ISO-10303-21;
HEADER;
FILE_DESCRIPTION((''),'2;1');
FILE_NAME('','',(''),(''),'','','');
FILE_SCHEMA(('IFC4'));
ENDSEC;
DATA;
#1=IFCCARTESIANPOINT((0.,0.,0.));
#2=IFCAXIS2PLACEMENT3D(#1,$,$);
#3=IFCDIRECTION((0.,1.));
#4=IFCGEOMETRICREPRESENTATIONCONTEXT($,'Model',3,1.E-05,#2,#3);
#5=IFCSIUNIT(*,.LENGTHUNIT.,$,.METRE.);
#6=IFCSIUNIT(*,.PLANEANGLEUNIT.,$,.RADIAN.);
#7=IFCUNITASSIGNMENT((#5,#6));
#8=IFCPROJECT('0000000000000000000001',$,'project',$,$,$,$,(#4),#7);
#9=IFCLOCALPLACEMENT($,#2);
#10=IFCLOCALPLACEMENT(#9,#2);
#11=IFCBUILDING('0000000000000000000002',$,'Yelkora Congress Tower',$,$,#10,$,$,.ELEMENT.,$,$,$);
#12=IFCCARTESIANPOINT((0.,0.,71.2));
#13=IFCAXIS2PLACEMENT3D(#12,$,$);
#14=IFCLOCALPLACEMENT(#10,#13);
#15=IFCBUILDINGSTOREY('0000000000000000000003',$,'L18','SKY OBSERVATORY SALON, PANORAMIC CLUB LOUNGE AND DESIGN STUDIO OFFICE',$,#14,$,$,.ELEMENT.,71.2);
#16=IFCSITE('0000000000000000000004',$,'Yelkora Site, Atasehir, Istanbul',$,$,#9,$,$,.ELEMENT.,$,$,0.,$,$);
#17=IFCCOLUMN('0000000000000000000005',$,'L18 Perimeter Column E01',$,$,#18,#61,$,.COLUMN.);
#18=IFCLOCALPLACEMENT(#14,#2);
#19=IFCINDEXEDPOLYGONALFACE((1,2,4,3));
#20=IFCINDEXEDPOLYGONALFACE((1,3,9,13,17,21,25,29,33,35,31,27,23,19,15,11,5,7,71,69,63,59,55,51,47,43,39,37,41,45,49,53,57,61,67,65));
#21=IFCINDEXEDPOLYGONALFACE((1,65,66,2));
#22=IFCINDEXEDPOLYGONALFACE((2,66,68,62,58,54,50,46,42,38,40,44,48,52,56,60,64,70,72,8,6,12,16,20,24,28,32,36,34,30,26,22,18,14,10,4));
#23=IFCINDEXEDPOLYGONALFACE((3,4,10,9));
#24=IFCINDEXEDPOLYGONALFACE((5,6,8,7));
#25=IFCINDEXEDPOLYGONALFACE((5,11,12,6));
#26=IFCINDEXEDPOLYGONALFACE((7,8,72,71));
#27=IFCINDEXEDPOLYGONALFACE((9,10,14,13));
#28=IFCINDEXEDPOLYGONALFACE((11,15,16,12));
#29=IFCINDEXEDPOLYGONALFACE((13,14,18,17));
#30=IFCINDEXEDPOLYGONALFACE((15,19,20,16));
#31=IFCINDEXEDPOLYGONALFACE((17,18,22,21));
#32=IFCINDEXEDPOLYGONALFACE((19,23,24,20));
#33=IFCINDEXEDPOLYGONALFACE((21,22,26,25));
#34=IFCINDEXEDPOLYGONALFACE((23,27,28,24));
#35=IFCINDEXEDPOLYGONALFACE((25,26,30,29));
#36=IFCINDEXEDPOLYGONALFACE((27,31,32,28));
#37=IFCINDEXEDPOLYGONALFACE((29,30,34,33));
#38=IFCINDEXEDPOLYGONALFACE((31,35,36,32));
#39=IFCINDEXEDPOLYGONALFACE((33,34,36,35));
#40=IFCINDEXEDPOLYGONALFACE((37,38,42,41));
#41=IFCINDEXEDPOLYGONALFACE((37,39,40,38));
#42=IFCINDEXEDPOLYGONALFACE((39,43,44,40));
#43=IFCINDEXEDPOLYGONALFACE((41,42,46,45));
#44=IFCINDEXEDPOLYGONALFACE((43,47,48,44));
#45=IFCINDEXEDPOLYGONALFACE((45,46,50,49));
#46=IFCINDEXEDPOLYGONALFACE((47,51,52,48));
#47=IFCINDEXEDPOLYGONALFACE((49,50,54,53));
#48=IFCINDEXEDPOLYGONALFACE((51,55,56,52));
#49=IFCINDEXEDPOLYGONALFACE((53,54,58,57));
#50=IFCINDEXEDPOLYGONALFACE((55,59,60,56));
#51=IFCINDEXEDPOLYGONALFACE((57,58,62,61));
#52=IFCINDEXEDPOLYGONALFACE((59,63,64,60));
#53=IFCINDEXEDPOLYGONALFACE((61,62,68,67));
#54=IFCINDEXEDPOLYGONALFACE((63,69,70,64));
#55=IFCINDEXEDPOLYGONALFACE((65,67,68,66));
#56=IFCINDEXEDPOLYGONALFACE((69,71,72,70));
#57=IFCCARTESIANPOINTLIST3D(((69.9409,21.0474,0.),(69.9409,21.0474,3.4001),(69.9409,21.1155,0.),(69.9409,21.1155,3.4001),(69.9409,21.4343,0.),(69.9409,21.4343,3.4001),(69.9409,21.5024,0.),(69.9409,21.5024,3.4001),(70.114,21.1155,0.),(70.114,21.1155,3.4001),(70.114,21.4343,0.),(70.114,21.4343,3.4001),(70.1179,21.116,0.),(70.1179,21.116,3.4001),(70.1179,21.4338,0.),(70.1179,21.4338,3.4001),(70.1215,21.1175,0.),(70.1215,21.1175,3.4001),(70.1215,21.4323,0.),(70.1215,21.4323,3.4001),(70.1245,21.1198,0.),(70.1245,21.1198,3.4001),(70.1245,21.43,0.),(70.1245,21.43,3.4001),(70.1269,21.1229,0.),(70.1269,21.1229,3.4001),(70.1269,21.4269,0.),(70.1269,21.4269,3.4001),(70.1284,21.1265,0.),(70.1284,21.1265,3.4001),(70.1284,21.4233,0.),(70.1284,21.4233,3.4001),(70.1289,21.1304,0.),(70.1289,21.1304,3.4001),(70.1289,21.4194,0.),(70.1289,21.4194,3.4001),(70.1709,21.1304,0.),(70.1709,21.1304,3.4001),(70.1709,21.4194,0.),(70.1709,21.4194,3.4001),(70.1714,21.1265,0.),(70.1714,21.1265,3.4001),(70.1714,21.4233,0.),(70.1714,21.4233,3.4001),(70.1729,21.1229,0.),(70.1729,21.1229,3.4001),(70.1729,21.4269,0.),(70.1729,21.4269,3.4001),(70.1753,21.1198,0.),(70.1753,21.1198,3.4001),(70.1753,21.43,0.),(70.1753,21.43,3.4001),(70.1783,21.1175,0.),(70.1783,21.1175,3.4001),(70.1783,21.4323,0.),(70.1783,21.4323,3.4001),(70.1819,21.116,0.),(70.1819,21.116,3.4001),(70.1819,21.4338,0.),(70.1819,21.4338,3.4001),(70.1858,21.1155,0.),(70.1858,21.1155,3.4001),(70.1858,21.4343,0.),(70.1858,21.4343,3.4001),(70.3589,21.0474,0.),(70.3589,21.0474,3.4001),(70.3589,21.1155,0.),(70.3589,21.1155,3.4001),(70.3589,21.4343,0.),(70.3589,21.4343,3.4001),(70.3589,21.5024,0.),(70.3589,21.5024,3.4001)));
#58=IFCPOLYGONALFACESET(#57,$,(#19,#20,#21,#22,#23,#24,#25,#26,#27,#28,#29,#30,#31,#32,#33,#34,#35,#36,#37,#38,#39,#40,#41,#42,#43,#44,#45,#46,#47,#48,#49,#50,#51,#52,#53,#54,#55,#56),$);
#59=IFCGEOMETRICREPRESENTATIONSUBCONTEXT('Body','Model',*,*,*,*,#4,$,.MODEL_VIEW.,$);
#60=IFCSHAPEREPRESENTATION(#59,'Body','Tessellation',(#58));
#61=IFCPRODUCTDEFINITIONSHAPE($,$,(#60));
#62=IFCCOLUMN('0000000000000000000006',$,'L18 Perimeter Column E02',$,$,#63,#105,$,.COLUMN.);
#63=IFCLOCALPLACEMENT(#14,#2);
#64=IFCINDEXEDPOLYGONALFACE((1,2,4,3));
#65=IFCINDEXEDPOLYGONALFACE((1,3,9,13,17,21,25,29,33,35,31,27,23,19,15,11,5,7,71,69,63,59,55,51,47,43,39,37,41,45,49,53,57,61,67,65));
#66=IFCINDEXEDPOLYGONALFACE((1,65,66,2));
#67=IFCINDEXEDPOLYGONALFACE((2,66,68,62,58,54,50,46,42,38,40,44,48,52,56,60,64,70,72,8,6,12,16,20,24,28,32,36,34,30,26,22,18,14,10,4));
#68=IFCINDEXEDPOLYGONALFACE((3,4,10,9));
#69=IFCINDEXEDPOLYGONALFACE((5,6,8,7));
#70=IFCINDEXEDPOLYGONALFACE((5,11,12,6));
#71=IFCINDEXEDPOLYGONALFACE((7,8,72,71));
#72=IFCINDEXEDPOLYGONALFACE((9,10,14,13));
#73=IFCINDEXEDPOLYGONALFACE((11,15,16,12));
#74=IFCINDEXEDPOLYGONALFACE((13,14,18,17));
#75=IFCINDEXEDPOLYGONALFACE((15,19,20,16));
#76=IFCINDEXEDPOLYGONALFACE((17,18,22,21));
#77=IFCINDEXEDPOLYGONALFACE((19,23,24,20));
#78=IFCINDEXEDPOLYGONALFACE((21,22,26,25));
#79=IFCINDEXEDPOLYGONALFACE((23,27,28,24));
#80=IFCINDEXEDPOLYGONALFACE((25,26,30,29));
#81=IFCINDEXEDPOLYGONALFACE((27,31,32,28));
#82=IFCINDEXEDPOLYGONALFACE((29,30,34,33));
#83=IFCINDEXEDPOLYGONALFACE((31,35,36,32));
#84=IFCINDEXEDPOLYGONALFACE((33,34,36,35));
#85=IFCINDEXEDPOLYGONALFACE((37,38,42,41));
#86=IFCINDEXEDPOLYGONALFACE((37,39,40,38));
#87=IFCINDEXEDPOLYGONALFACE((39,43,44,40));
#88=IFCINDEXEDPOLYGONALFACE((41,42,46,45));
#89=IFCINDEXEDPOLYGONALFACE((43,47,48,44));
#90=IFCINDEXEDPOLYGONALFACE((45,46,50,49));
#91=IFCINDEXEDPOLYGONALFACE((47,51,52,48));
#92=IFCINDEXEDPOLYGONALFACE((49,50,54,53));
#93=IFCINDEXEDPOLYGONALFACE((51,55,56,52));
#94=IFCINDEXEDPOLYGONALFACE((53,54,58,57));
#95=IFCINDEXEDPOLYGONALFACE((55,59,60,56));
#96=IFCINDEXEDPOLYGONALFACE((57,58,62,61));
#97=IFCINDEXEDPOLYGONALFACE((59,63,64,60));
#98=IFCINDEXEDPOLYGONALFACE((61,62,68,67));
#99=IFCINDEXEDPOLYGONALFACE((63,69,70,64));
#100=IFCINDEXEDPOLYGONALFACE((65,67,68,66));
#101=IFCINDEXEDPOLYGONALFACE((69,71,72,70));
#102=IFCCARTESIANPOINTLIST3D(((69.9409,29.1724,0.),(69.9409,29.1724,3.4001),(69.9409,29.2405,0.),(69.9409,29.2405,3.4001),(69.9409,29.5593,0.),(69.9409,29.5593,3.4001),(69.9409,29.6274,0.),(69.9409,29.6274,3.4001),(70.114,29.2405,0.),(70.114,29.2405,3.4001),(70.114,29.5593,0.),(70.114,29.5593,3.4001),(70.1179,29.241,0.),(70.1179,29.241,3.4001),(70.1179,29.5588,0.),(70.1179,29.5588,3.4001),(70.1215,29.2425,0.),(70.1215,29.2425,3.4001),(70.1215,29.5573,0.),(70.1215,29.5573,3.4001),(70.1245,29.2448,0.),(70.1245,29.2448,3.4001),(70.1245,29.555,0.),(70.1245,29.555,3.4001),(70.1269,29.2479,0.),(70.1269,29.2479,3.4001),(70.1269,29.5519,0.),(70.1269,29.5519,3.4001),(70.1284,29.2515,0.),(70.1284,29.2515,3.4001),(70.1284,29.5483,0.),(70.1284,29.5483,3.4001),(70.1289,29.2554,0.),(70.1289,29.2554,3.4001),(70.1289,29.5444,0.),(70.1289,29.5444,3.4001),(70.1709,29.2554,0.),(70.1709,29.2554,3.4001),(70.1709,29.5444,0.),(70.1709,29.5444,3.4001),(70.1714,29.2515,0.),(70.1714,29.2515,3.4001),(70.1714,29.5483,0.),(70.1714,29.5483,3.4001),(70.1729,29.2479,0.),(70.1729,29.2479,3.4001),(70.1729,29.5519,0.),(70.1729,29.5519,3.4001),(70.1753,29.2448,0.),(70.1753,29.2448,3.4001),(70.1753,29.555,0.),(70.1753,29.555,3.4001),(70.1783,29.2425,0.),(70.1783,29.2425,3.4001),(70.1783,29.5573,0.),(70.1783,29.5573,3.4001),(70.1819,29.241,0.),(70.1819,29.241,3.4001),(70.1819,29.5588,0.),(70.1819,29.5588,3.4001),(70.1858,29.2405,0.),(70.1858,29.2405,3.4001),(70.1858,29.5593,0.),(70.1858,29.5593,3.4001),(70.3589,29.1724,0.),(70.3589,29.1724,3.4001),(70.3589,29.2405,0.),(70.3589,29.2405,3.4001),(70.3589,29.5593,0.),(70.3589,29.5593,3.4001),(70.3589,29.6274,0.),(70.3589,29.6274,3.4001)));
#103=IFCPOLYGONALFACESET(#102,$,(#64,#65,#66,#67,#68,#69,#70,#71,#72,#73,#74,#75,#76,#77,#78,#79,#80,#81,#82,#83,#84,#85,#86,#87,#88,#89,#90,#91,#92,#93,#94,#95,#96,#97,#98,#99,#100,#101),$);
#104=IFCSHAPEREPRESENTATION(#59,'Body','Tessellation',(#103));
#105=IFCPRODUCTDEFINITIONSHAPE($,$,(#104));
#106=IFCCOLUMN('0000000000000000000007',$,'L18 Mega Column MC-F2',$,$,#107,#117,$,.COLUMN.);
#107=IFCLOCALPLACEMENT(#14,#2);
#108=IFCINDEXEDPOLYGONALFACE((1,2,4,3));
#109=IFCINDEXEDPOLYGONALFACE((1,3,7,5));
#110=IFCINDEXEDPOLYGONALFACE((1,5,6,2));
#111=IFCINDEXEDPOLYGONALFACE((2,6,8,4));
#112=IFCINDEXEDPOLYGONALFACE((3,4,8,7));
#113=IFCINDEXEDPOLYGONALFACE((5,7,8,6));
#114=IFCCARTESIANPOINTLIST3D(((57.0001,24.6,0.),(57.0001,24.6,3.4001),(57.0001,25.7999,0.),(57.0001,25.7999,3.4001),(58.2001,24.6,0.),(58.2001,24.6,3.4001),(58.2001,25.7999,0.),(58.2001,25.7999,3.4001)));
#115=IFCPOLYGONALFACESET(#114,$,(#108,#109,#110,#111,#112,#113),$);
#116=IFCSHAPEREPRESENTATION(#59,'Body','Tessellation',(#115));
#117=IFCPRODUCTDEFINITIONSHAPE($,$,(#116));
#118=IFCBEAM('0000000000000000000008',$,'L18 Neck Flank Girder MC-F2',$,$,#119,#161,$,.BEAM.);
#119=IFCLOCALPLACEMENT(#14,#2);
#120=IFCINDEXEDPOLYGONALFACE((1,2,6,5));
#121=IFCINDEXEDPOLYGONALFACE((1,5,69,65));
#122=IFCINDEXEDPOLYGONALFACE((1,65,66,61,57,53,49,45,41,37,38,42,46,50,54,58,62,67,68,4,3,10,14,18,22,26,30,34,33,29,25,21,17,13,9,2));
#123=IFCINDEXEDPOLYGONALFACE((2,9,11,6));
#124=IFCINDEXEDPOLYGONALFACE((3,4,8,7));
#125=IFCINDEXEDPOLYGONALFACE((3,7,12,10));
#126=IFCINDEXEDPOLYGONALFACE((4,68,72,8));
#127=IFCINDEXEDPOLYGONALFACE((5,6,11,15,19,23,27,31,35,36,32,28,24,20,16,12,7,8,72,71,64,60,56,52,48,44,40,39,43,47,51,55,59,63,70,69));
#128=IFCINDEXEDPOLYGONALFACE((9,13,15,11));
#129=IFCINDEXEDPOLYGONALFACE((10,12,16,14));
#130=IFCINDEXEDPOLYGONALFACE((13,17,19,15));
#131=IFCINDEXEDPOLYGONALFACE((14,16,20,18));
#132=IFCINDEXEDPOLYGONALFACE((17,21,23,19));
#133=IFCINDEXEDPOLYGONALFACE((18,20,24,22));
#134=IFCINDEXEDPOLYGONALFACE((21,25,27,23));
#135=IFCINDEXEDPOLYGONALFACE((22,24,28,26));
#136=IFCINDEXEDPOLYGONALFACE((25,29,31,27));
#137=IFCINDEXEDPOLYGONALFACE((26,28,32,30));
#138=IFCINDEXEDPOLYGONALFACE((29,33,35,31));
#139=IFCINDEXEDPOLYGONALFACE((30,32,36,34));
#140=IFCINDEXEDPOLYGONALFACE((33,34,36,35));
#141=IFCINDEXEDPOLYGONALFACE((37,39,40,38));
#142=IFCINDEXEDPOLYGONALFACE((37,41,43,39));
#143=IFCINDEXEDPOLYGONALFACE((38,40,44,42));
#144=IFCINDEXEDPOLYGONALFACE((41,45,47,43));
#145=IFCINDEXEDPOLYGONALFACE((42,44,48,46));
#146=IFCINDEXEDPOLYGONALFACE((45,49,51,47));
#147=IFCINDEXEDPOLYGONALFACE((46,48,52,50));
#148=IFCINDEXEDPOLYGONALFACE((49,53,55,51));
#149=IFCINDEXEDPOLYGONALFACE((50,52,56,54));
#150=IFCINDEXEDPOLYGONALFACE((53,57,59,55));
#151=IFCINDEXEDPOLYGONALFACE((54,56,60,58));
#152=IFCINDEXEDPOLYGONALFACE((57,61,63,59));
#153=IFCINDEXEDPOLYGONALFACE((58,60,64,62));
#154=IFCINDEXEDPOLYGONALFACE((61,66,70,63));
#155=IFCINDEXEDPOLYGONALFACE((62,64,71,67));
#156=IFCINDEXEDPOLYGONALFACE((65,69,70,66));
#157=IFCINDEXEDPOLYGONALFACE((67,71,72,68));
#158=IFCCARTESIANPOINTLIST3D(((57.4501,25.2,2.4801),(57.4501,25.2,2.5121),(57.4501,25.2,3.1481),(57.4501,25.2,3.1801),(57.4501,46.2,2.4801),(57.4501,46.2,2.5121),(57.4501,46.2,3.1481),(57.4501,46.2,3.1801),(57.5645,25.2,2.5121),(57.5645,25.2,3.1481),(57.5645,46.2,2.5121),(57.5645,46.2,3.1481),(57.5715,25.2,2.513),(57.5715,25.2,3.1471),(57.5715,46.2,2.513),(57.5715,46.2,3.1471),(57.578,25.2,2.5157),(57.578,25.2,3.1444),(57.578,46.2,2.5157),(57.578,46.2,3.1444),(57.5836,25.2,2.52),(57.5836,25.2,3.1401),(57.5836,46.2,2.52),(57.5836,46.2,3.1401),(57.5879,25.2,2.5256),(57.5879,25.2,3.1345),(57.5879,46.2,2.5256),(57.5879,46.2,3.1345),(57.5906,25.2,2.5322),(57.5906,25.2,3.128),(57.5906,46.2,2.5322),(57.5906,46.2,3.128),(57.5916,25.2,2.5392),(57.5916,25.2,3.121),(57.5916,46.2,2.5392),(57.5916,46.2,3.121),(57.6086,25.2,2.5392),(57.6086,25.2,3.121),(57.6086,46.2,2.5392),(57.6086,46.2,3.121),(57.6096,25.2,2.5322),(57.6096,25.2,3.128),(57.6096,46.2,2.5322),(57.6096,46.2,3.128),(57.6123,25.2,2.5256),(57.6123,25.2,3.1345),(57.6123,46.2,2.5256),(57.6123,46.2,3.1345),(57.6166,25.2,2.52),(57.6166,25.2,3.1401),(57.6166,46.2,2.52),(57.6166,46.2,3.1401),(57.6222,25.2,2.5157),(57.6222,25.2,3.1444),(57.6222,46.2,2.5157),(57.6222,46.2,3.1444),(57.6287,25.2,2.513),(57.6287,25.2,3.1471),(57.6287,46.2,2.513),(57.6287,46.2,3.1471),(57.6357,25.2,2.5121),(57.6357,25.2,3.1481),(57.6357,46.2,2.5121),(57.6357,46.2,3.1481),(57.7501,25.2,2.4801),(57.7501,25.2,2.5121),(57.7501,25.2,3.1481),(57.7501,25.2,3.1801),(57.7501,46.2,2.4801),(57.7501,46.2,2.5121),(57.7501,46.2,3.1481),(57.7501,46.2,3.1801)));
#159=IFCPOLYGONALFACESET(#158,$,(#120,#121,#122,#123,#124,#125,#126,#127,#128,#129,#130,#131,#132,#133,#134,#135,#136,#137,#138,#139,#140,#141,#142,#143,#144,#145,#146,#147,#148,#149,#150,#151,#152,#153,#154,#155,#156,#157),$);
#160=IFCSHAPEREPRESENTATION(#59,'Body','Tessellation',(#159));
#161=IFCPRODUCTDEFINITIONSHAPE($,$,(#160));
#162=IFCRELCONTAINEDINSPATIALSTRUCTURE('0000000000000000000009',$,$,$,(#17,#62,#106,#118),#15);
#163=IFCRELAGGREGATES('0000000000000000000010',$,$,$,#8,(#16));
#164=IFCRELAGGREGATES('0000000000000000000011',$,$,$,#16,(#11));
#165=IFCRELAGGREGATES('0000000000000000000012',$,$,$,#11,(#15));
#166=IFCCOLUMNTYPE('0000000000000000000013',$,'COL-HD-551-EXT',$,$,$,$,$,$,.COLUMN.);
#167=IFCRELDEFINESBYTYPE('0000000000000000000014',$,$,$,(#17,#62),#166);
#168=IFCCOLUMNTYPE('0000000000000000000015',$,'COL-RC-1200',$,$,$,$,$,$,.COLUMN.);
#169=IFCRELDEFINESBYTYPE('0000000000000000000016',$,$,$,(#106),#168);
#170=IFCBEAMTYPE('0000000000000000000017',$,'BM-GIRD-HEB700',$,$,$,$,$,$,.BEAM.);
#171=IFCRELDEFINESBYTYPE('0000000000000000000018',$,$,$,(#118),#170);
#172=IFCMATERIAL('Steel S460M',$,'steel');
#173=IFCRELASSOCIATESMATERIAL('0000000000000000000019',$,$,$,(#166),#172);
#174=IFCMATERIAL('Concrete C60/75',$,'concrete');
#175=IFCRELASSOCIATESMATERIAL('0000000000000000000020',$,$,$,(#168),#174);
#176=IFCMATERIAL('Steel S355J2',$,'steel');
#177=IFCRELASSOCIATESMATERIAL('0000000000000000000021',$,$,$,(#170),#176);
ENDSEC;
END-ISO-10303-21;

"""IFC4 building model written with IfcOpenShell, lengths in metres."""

from ifc_helpers import new_model, si_unit, direction, frame, origin, origin_2d, place, context, subcontext, project, spatial, rectangle, i_section, extrude, material, material_profile, profile_set, type_object, element, save


model = new_model("IFC4")

# Units and contexts
model_context = context("Model", 3, precision=1e-05, world=origin(), true_north=direction((0.0, 1.0)))
body_context = subcontext(model_context, "Body", "Model", "MODEL_VIEW")
ifc_project = project(units=[si_unit("LENGTHUNIT", "METRE"), si_unit("PLANEANGLEUNIT", "RADIAN")], contexts=[model_context])

# Site, building, storey
site_placement = place(None, origin())
site = spatial("IfcSite", under=ifc_project, at=site_placement, Name="Yelkora Site, Atasehir, Istanbul", CompositionType="ELEMENT", RefElevation=0.0)
building_placement = place(site_placement, origin())
building = spatial("IfcBuilding", under=site, at=building_placement, Name="Yelkora Congress Tower", CompositionType="ELEMENT")
storey_placement = place(building_placement, frame((0.0, 0.0, 71.2)))
storey = spatial("IfcBuildingStorey", under=building, at=storey_placement, Name="L18", Description="SKY OBSERVATORY SALON, PANORAMIC CLUB LOUNGE AND DESIGN STUDIO OFFICE", CompositionType="ELEMENT", Elevation=71.2)

# Columns
ifc_material_1 = material(Name="Steel S460M", Category="steel")
ifc_material_profile_1 = material_profile(ifc_material_1, i_section(OverallWidth=0.418, OverallDepth=0.4551, WebThickness=0.042, FlangeThickness=0.0681, FilletRadius=0.0149, at=origin_2d()), Name="HD 400x551")
ifc_profile_set_1 = profile_set([ifc_material_profile_1], Name="Steel S460M")
column_type_1 = type_object("IfcColumnType", Name="COL-HD-551-EXT", PredefinedType="COLUMN", material=ifc_profile_set_1)
for number, where, z_axis, x_axis, name in (
    (1, (70.1499, 21.2749, 0.0), (0.0, 0.0, 1.0), (1.0, 0.0, 0.0), "L18 Perimeter Column E01"),
    (2, (70.1499, 29.3999, 0.0), (0.0, 0.0, 1.0), (1.0, 0.0, 0.0), "L18 Perimeter Column E02"),
):
    element("IfcColumn", number, at=place(storey_placement, frame(where, z_axis=z_axis, x_axis=x_axis)), inside=storey, type_object=column_type_1, Name=name, PredefinedType="COLUMN", context=body_context, shape_type="SweptSolid", body=[
        extrude(i_section(OverallWidth=0.418, OverallDepth=0.4551, WebThickness=0.042, FlangeThickness=0.0681, FilletRadius=0.0149, at=origin_2d()), origin(), (0.0, 0.0, 1.0), 3.4001),
    ])
ifc_material_2 = material(Name="Concrete C60/75", Category="concrete")
ifc_material_profile_2 = material_profile(ifc_material_2, rectangle(XDim=1.2, YDim=1.2, at=origin_2d()), Name="RC 1200x1200")
ifc_profile_set_2 = profile_set([ifc_material_profile_2], Name="Concrete C60/75")
column_type_2 = type_object("IfcColumnType", Name="COL-RC-1200", PredefinedType="COLUMN", material=ifc_profile_set_2)
column_placement = place(storey_placement, frame((57.6001, 25.2, 0.0), z_axis=(0.0, 0.0, 1.0), x_axis=(1.0, 0.0, 0.0)))
element("IfcColumn", 3, at=column_placement, inside=storey, type_object=column_type_2, Name="L18 Mega Column MC-F2", PredefinedType="COLUMN", context=body_context, shape_type="SweptSolid", body=[
    extrude(rectangle(XDim=1.2, YDim=1.2, at=origin_2d()), origin(), (0.0, 0.0, 1.0), 3.4001),
])

# Beam
ifc_material_3 = material(Name="Steel S355J2", Category="steel")
ifc_material_profile_3 = material_profile(ifc_material_3, i_section(OverallWidth=0.3, OverallDepth=0.7, WebThickness=0.0171, FlangeThickness=0.032, FilletRadius=0.0271, at=origin_2d()), Name="HEB 700")
ifc_profile_set_3 = profile_set([ifc_material_profile_3], Name="Steel S355J2")
beam_type_1 = type_object("IfcBeamType", Name="BM-GIRD-HEB700", PredefinedType="BEAM", material=ifc_profile_set_3)
beam_1_placement = place(storey_placement, frame((57.6001, 25.2, 2.8301), z_axis=(0.0, 1.0, 0.0), x_axis=(-1.0, 0.0, 0.0)))
element("IfcBeam", 4, at=beam_1_placement, inside=storey, type_object=beam_type_1, Name="L18 Neck Flank Girder MC-F2", PredefinedType="BEAM", context=body_context, shape_type="SweptSolid", body=[
    extrude(i_section(OverallWidth=0.3, OverallDepth=0.7, WebThickness=0.0171, FlangeThickness=0.032, FilletRadius=0.0271, at=origin_2d()), origin(), (0.0, 0.0, 1.0), 21.0),
])

save(model, "model.ifc")
